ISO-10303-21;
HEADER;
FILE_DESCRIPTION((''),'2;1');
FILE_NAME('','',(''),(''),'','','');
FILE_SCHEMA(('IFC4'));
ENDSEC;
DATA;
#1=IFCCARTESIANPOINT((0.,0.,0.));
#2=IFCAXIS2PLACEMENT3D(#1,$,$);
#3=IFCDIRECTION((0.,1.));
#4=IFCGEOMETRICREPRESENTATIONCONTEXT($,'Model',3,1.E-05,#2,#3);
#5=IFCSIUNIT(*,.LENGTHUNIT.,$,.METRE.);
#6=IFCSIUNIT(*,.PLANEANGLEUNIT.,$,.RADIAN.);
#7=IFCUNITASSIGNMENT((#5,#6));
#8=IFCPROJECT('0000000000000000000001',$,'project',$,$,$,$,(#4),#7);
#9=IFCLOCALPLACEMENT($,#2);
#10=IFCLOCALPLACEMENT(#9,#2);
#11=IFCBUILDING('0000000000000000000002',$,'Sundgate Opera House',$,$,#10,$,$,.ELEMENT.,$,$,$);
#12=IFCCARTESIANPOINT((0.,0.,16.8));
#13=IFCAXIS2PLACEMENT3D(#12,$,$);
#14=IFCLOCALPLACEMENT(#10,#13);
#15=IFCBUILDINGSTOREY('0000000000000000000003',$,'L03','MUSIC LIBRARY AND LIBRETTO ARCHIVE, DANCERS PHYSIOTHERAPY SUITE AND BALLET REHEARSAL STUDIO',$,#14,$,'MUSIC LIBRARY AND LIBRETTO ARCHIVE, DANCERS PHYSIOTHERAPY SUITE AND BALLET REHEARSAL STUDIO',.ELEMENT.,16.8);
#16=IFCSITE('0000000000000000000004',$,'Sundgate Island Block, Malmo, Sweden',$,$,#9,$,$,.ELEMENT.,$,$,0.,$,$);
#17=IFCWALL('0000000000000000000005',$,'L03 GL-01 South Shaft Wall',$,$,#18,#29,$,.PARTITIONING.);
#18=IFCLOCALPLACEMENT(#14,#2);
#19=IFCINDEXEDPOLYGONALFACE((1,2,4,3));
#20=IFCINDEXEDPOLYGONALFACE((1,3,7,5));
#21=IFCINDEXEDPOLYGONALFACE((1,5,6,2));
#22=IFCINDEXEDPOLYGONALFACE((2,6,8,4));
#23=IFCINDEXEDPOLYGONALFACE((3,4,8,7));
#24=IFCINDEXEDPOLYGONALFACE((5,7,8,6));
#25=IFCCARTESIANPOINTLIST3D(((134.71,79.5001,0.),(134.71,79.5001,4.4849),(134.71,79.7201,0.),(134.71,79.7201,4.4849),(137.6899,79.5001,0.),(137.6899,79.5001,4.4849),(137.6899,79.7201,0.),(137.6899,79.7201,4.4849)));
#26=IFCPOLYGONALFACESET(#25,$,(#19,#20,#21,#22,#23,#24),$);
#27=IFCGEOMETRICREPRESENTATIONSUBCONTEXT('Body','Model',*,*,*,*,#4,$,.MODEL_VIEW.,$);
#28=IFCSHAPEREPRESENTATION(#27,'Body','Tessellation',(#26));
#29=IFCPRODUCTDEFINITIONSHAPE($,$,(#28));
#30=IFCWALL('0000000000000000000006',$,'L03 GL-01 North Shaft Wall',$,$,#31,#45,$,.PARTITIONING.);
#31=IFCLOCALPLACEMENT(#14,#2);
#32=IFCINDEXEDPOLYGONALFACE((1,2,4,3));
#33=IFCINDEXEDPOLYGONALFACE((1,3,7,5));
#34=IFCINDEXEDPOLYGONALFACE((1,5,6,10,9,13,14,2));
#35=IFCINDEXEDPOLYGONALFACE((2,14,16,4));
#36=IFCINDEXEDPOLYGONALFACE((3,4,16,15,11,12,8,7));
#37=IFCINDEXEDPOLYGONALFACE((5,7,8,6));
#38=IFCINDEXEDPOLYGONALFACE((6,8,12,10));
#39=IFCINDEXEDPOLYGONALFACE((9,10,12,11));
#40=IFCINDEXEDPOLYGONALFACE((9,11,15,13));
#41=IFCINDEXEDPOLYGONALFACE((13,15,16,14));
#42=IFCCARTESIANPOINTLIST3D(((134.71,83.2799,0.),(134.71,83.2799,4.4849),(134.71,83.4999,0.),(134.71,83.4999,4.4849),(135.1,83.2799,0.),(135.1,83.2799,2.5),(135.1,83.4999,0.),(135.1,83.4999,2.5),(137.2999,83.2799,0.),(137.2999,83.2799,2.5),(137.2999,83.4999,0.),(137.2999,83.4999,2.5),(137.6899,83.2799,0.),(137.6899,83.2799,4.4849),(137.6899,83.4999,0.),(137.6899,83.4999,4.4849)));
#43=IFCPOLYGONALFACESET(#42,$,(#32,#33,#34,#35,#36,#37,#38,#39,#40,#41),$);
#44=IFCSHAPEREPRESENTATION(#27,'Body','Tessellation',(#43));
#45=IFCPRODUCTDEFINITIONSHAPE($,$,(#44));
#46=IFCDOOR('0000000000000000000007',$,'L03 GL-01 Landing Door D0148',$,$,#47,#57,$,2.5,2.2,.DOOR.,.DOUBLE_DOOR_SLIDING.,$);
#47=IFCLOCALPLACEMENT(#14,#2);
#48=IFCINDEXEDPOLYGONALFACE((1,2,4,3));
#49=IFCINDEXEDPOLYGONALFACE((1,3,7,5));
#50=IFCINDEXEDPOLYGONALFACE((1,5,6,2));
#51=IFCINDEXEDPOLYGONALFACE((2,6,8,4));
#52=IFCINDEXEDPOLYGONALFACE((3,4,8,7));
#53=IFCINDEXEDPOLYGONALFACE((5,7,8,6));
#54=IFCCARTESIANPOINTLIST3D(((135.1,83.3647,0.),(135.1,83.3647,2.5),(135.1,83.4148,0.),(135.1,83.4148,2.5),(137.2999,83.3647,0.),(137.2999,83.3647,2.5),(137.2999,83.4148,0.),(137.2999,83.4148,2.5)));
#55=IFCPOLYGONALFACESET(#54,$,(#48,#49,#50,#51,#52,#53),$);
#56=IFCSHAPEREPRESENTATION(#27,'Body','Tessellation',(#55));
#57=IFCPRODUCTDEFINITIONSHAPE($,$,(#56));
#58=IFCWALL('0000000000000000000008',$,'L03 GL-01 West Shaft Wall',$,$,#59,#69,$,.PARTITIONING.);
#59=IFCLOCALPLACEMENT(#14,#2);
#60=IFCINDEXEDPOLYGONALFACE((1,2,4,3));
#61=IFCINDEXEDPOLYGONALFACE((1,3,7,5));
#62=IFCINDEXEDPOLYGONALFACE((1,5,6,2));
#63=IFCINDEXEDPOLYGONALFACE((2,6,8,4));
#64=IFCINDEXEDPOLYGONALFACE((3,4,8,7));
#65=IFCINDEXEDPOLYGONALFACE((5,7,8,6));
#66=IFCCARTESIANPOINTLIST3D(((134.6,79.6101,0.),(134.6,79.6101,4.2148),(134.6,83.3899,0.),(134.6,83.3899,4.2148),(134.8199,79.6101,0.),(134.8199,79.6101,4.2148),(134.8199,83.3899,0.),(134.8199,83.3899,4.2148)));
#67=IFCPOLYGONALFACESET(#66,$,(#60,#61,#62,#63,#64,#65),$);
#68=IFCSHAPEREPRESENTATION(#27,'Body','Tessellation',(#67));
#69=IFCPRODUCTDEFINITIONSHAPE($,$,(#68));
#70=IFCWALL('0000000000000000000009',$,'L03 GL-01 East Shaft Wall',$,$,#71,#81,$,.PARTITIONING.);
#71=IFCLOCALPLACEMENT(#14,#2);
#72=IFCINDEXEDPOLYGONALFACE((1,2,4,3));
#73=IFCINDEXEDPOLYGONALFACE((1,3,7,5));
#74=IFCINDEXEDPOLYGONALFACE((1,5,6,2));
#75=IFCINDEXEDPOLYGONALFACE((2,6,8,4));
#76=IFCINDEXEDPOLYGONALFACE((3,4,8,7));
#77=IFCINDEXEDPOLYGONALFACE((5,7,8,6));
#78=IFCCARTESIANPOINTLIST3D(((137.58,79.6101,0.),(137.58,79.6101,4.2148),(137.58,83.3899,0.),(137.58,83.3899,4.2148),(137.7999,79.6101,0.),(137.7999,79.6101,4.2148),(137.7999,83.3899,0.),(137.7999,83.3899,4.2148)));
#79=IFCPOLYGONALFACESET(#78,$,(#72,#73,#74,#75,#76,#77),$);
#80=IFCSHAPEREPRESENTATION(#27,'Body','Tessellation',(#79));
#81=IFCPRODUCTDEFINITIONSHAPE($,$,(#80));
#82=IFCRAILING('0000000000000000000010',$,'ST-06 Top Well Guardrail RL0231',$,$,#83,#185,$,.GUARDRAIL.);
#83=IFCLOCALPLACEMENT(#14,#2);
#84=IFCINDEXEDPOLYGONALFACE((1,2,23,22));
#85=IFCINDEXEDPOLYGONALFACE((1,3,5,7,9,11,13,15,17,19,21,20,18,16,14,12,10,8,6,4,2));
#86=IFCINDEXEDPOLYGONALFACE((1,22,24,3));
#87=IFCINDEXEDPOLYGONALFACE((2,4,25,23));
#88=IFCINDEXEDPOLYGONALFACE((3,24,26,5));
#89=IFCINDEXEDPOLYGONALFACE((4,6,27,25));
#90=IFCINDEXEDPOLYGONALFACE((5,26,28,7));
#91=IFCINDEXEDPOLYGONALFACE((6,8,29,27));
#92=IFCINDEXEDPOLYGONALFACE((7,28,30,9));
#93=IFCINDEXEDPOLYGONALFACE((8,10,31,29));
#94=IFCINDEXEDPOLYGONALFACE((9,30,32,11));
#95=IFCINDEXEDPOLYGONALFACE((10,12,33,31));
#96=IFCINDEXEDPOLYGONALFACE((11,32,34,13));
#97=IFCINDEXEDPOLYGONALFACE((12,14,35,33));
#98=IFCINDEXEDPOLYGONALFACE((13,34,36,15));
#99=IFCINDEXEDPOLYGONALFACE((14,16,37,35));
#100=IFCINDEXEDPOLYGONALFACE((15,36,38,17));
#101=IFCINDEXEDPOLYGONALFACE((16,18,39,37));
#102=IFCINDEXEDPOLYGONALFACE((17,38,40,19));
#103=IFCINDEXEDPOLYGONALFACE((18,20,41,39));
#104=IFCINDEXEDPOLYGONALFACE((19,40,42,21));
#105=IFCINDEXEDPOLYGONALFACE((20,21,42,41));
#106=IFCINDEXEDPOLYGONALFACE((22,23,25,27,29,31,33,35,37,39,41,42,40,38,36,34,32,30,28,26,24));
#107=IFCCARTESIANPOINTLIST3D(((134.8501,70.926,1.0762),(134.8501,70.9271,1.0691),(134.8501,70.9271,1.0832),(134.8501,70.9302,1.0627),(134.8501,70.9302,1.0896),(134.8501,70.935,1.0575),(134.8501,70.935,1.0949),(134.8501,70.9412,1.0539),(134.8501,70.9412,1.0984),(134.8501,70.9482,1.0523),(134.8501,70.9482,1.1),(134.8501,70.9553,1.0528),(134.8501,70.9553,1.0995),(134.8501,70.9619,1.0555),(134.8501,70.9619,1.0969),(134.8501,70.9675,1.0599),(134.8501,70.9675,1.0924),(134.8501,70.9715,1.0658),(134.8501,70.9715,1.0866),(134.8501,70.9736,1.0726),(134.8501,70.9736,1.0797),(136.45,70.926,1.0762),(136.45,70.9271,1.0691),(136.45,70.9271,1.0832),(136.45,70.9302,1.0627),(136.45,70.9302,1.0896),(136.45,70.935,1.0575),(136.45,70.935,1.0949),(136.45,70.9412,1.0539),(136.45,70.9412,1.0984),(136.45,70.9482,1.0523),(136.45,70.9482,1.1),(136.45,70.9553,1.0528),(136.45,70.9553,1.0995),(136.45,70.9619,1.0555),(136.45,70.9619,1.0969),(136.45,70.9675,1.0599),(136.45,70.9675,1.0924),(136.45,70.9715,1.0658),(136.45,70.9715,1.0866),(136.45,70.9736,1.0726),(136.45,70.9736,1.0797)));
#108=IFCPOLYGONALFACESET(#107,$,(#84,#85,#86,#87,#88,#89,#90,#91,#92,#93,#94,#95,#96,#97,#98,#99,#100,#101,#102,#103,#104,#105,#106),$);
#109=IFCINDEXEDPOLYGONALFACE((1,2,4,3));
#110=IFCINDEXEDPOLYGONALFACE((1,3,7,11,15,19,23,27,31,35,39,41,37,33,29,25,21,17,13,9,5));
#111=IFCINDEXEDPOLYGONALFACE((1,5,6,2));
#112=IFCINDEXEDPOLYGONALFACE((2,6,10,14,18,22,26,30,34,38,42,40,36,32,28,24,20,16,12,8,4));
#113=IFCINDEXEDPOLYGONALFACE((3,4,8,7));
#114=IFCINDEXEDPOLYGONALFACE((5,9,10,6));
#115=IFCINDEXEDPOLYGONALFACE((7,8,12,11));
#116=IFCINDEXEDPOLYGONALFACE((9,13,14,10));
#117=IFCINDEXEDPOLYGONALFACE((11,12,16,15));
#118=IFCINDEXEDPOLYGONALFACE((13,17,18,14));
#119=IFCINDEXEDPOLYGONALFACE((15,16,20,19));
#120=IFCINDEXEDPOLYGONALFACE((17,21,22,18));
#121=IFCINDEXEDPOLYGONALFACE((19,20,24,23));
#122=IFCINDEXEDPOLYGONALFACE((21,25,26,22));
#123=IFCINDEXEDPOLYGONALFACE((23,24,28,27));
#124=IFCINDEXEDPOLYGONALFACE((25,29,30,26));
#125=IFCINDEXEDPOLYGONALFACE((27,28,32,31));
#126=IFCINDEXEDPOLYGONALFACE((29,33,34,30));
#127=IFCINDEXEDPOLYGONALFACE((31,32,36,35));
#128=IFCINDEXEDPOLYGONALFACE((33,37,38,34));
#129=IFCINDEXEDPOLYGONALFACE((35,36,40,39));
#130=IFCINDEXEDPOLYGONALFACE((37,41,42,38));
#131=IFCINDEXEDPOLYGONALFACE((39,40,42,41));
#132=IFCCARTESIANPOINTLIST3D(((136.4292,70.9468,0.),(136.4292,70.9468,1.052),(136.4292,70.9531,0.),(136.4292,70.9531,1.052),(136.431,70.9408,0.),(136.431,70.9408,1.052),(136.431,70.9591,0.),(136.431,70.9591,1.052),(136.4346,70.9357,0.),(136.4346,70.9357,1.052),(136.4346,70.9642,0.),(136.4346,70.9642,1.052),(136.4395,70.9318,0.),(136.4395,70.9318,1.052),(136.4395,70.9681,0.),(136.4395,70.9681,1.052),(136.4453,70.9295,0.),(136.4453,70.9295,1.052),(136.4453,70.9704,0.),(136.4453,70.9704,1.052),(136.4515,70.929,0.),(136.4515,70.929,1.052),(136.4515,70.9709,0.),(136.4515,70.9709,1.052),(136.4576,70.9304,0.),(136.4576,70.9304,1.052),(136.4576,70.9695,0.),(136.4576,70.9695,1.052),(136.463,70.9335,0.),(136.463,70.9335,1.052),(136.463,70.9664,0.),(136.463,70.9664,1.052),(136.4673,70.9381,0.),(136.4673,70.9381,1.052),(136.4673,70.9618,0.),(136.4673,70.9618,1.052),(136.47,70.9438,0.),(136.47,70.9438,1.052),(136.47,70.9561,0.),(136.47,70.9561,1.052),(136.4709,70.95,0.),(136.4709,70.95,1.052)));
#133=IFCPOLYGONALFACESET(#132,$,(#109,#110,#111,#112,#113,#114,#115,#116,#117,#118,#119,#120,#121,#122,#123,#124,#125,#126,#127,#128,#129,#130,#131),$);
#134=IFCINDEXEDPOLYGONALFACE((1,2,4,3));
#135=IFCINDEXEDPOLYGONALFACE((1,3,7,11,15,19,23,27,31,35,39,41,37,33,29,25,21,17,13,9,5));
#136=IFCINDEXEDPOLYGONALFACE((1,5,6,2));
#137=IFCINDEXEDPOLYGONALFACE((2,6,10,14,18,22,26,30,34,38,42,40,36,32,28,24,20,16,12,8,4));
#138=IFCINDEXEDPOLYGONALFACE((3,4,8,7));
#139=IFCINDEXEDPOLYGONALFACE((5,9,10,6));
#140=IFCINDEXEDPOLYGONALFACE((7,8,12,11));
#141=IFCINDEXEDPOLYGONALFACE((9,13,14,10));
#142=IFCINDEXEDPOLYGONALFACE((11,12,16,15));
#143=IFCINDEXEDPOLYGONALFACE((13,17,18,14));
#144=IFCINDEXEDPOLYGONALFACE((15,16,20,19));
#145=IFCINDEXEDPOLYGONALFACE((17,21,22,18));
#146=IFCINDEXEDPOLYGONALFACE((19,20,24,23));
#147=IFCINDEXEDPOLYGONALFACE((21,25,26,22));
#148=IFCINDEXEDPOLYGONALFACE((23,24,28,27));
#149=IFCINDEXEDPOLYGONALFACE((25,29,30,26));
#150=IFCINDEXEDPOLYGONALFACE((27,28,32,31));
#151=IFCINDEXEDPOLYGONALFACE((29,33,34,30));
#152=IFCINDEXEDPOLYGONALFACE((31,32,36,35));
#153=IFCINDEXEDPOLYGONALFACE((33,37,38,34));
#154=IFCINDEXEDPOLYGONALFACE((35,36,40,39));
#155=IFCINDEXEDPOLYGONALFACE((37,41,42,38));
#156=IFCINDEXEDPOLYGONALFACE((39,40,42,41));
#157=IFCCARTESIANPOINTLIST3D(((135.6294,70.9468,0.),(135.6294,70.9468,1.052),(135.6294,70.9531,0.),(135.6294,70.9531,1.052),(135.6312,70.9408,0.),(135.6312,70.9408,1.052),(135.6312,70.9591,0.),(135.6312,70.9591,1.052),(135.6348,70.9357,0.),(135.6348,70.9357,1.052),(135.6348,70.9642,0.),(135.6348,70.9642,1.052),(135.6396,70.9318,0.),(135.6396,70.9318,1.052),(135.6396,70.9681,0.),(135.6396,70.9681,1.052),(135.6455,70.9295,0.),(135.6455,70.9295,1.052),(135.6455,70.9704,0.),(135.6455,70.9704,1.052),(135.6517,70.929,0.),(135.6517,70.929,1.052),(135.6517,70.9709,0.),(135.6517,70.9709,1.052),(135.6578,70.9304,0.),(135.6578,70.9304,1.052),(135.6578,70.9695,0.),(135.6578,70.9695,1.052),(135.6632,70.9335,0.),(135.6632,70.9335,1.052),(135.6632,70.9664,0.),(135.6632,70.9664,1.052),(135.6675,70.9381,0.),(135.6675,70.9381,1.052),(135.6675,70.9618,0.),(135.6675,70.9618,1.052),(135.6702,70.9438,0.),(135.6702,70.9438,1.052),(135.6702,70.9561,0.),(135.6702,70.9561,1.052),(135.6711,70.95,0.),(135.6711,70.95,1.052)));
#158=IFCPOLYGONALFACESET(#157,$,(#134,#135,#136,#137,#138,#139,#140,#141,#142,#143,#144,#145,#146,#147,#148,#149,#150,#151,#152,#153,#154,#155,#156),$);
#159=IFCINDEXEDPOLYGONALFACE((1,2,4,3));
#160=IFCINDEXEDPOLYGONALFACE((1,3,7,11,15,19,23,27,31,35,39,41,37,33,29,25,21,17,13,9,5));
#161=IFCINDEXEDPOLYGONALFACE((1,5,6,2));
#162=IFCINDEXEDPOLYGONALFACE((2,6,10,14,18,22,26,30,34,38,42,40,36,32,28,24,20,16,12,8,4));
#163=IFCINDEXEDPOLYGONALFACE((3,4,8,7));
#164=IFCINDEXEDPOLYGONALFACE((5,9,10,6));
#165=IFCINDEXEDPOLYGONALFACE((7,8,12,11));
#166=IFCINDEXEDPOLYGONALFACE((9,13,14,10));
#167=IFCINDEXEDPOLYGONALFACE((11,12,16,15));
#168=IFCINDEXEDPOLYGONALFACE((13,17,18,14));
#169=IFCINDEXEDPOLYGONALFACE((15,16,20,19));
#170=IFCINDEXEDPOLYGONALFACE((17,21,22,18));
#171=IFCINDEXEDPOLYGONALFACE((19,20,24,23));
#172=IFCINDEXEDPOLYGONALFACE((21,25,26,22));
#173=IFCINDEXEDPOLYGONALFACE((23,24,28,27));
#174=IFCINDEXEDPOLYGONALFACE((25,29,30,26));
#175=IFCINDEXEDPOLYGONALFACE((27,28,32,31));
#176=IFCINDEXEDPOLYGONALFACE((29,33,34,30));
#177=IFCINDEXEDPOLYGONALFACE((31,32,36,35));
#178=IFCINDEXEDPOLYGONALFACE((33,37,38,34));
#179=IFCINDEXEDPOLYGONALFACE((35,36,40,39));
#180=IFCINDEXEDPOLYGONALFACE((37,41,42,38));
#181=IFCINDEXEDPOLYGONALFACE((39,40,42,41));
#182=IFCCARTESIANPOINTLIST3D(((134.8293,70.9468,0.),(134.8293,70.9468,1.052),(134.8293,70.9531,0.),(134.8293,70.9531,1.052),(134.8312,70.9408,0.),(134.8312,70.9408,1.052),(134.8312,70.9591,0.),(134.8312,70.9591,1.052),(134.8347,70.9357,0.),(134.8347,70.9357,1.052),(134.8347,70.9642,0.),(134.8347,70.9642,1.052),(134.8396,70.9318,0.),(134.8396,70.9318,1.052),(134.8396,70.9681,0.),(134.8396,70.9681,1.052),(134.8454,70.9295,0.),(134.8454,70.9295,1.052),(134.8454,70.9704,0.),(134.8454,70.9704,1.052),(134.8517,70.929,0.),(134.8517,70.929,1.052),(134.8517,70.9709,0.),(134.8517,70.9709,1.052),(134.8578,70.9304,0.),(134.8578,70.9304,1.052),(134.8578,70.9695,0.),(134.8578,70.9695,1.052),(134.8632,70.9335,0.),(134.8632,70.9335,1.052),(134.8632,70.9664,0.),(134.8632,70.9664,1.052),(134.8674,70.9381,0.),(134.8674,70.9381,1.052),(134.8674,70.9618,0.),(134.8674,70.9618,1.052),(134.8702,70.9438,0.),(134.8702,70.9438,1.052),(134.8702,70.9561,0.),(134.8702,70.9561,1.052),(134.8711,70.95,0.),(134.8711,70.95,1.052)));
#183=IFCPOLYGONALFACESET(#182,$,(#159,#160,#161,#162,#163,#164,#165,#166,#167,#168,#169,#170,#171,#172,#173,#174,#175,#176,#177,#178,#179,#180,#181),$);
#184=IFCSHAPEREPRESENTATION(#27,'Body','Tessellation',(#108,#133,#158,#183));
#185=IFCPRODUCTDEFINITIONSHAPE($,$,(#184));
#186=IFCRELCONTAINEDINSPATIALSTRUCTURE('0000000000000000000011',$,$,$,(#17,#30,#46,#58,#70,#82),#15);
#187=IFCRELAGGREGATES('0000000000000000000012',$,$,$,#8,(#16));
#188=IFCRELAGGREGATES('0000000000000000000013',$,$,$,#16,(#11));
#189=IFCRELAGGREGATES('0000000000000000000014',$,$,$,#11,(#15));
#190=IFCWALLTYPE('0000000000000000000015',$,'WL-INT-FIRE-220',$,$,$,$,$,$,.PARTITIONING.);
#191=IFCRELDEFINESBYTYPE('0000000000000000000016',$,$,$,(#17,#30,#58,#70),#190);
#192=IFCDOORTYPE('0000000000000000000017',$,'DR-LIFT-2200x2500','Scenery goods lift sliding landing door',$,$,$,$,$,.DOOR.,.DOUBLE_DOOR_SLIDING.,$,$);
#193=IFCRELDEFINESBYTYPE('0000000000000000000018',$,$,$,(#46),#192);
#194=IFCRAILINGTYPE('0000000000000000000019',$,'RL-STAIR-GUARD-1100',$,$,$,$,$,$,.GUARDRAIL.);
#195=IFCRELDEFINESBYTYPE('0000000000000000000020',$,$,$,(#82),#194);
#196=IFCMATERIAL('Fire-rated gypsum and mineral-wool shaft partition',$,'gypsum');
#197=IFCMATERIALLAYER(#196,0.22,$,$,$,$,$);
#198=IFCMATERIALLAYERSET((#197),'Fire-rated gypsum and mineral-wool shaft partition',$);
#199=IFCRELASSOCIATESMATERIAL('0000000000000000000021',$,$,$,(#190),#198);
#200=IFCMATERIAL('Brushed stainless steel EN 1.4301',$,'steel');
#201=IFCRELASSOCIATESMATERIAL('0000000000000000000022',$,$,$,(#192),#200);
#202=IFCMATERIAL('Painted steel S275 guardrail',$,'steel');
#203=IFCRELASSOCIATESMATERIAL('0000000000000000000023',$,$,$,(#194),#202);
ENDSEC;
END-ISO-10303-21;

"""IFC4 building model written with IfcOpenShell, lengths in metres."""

from ifc_helpers import new_model, si_unit, direction, frame, frame_2d, origin, origin_2d, place, context, subcontext, project, spatial, rectangle, circle, extrude, material, layer, layer_set, type_object, element, fill, save


model = new_model("IFC4")

# Units and contexts
model_context = context("Model", 3, precision=1e-05, world=origin(), true_north=direction((0.0, 1.0)))
body_context = subcontext(model_context, "Body", "Model", "MODEL_VIEW")
ifc_project = project(units=[si_unit("LENGTHUNIT", "METRE"), si_unit("PLANEANGLEUNIT", "RADIAN")], contexts=[model_context])

# Site, building, storey
site_placement = place(None, origin())
site = spatial("IfcSite", under=ifc_project, at=site_placement, Name="Sundgate Island Block, Malmo, Sweden", CompositionType="ELEMENT", RefElevation=0.0)
building_placement = place(site_placement, origin())
building = spatial("IfcBuilding", under=site, at=building_placement, Name="Sundgate Opera House", CompositionType="ELEMENT")
storey_placement = place(building_placement, frame((0.0, 0.0, 16.8)))
storey = spatial("IfcBuildingStorey", under=building, at=storey_placement, Name="L03", Description="MUSIC LIBRARY AND LIBRETTO ARCHIVE, DANCERS PHYSIOTHERAPY SUITE AND BALLET REHEARSAL STUDIO", LongName="MUSIC LIBRARY AND LIBRETTO ARCHIVE, DANCERS PHYSIOTHERAPY SUITE AND BALLET REHEARSAL STUDIO", CompositionType="ELEMENT", Elevation=16.8)

# Wall
ifc_material_1 = material(Name="Fire-rated gypsum and mineral-wool shaft partition", Category="gypsum")
ifc_layer_1 = layer(ifc_material_1, 0.22)
ifc_layer_set_1 = layer_set([ifc_layer_1], Name="Fire-rated gypsum and mineral-wool shaft partition")
wall_type_1 = type_object("IfcWallType", Name="WL-INT-FIRE-220", PredefinedType="PARTITIONING", material=ifc_layer_set_1)
wall_1_placement = place(storey_placement, frame((134.71, 79.6101, 0.0), z_axis=(0.0, 0.0, 1.0), x_axis=(1.0, 0.0, 0.0)))
element("IfcWall", 1, at=wall_1_placement, inside=storey, type_object=wall_type_1, Name="L03 GL-01 South Shaft Wall", PredefinedType="PARTITIONING", context=body_context, shape_type="SweptSolid", body=[
    extrude(rectangle(XDim=2.98, YDim=0.22, at=frame_2d((1.49, 0.0))), origin(), (0.0, 0.0, 1.0), 4.4849),
])

# Wall, opening, door
wall_2_placement = place(storey_placement, frame((134.71, 83.3899, 0.0), z_axis=(0.0, 0.0, 1.0), x_axis=(1.0, 0.0, 0.0)))
wall_2 = element("IfcWall", 2, at=wall_2_placement, inside=storey, type_object=wall_type_1, Name="L03 GL-01 North Shaft Wall", PredefinedType="PARTITIONING", context=body_context, shape_type="SweptSolid", body=[
    extrude(rectangle(XDim=2.98, YDim=0.22, at=frame_2d((1.49, 0.0))), origin(), (0.0, 0.0, 1.0), 4.4849),
])
opening_1_placement = place(wall_2_placement, frame((0.3899, 0.0, 0.0)))
opening_1 = element("IfcOpeningElement", 3, at=opening_1_placement, cuts=wall_2, PredefinedType="OPENING", context=body_context, shape_type="SweptSolid", body=[
    extrude(rectangle(XDim=2.2, YDim=2.5, at=frame_2d((1.1001, 1.25))), frame((0.0, 0.1199, 0.0), z_axis=(0.0, -1.0, 0.0), x_axis=(1.0, 0.0, 0.0)), (0.0, 0.0, 1.0), 0.24),
])
ifc_material_2 = material(Name="Brushed stainless steel EN 1.4301", Category="steel")
door_type_1 = type_object("IfcDoorType", Name="DR-LIFT-2200x2500", Description="Scenery goods lift sliding landing door", OperationType="DOUBLE_DOOR_SLIDING", PredefinedType="DOOR", material=ifc_material_2)
door_1_placement = place(opening_1_placement, origin())
door_1 = element("IfcDoor", 4, at=door_1_placement, inside=storey, type_object=door_type_1, Name="L03 GL-01 Landing Door D0148", OperationType="DOUBLE_DOOR_SLIDING", OverallHeight=2.5, OverallWidth=2.2, PredefinedType="DOOR", context=body_context, shape_type="SweptSolid", body=[
    extrude(rectangle(XDim=2.2, YDim=2.5, at=frame_2d((1.1001, 1.25))), frame((0.0, 0.0249, 0.0), z_axis=(0.0, -1.0, 0.0), x_axis=(1.0, 0.0, 0.0)), (0.0, 0.0, 1.0), 0.05),
])
fill(opening_1, door_1)

# Walls
for number, where, z_axis, x_axis, name in (
    (5, (134.71, 79.6101, 0.0), (0.0, 0.0, 1.0), (0.0, 1.0, 0.0), "L03 GL-01 West Shaft Wall"),
    (6, (137.6899, 79.6101, 0.0), (0.0, 0.0, 1.0), (0.0, 1.0, 0.0), "L03 GL-01 East Shaft Wall"),
):
    element("IfcWall", number, at=place(storey_placement, frame(where, z_axis=z_axis, x_axis=x_axis)), inside=storey, type_object=wall_type_1, Name=name, PredefinedType="PARTITIONING", context=body_context, shape_type="SweptSolid", body=[
        extrude(rectangle(XDim=3.7798, YDim=0.22, at=frame_2d((1.8899, 0.0))), origin(), (0.0, 0.0, 1.0), 4.2148),
    ])

# Railing
ifc_material_3 = material(Name="Painted steel S275 guardrail", Category="steel")
railing_type = type_object("IfcRailingType", Name="RL-STAIR-GUARD-1100", PredefinedType="GUARDRAIL", material=ifc_material_3)
railing_1_placement = place(storey_placement, frame((136.45, 70.95, 0.0)))
element("IfcRailing", 7, at=railing_1_placement, inside=storey, type_object=railing_type, Name="ST-06 Top Well Guardrail RL0231", PredefinedType="GUARDRAIL", context=body_context, shape_type="SweptSolid", body=[
    extrude(circle(Radius=0.0239, at=origin_2d()), frame((0.0, 0.0, 1.0762), z_axis=(-1.0, 0.0, 0.0), x_axis=(0.0, -1.0, 0.0)), (0.0, 0.0, 1.0), 1.5999),
    extrude(circle(Radius=0.021, at=origin_2d()), origin(), (0.0, 0.0, 1.0), 1.052),
    extrude(circle(Radius=0.021, at=origin_2d()), frame((-0.7998, 0.0, 0.0)), (0.0, 0.0, 1.0), 1.052),
    extrude(circle(Radius=0.021, at=origin_2d()), frame((-1.5999, 0.0, 0.0)), (0.0, 0.0, 1.0), 1.052),
])

save(model, "model.ifc")
